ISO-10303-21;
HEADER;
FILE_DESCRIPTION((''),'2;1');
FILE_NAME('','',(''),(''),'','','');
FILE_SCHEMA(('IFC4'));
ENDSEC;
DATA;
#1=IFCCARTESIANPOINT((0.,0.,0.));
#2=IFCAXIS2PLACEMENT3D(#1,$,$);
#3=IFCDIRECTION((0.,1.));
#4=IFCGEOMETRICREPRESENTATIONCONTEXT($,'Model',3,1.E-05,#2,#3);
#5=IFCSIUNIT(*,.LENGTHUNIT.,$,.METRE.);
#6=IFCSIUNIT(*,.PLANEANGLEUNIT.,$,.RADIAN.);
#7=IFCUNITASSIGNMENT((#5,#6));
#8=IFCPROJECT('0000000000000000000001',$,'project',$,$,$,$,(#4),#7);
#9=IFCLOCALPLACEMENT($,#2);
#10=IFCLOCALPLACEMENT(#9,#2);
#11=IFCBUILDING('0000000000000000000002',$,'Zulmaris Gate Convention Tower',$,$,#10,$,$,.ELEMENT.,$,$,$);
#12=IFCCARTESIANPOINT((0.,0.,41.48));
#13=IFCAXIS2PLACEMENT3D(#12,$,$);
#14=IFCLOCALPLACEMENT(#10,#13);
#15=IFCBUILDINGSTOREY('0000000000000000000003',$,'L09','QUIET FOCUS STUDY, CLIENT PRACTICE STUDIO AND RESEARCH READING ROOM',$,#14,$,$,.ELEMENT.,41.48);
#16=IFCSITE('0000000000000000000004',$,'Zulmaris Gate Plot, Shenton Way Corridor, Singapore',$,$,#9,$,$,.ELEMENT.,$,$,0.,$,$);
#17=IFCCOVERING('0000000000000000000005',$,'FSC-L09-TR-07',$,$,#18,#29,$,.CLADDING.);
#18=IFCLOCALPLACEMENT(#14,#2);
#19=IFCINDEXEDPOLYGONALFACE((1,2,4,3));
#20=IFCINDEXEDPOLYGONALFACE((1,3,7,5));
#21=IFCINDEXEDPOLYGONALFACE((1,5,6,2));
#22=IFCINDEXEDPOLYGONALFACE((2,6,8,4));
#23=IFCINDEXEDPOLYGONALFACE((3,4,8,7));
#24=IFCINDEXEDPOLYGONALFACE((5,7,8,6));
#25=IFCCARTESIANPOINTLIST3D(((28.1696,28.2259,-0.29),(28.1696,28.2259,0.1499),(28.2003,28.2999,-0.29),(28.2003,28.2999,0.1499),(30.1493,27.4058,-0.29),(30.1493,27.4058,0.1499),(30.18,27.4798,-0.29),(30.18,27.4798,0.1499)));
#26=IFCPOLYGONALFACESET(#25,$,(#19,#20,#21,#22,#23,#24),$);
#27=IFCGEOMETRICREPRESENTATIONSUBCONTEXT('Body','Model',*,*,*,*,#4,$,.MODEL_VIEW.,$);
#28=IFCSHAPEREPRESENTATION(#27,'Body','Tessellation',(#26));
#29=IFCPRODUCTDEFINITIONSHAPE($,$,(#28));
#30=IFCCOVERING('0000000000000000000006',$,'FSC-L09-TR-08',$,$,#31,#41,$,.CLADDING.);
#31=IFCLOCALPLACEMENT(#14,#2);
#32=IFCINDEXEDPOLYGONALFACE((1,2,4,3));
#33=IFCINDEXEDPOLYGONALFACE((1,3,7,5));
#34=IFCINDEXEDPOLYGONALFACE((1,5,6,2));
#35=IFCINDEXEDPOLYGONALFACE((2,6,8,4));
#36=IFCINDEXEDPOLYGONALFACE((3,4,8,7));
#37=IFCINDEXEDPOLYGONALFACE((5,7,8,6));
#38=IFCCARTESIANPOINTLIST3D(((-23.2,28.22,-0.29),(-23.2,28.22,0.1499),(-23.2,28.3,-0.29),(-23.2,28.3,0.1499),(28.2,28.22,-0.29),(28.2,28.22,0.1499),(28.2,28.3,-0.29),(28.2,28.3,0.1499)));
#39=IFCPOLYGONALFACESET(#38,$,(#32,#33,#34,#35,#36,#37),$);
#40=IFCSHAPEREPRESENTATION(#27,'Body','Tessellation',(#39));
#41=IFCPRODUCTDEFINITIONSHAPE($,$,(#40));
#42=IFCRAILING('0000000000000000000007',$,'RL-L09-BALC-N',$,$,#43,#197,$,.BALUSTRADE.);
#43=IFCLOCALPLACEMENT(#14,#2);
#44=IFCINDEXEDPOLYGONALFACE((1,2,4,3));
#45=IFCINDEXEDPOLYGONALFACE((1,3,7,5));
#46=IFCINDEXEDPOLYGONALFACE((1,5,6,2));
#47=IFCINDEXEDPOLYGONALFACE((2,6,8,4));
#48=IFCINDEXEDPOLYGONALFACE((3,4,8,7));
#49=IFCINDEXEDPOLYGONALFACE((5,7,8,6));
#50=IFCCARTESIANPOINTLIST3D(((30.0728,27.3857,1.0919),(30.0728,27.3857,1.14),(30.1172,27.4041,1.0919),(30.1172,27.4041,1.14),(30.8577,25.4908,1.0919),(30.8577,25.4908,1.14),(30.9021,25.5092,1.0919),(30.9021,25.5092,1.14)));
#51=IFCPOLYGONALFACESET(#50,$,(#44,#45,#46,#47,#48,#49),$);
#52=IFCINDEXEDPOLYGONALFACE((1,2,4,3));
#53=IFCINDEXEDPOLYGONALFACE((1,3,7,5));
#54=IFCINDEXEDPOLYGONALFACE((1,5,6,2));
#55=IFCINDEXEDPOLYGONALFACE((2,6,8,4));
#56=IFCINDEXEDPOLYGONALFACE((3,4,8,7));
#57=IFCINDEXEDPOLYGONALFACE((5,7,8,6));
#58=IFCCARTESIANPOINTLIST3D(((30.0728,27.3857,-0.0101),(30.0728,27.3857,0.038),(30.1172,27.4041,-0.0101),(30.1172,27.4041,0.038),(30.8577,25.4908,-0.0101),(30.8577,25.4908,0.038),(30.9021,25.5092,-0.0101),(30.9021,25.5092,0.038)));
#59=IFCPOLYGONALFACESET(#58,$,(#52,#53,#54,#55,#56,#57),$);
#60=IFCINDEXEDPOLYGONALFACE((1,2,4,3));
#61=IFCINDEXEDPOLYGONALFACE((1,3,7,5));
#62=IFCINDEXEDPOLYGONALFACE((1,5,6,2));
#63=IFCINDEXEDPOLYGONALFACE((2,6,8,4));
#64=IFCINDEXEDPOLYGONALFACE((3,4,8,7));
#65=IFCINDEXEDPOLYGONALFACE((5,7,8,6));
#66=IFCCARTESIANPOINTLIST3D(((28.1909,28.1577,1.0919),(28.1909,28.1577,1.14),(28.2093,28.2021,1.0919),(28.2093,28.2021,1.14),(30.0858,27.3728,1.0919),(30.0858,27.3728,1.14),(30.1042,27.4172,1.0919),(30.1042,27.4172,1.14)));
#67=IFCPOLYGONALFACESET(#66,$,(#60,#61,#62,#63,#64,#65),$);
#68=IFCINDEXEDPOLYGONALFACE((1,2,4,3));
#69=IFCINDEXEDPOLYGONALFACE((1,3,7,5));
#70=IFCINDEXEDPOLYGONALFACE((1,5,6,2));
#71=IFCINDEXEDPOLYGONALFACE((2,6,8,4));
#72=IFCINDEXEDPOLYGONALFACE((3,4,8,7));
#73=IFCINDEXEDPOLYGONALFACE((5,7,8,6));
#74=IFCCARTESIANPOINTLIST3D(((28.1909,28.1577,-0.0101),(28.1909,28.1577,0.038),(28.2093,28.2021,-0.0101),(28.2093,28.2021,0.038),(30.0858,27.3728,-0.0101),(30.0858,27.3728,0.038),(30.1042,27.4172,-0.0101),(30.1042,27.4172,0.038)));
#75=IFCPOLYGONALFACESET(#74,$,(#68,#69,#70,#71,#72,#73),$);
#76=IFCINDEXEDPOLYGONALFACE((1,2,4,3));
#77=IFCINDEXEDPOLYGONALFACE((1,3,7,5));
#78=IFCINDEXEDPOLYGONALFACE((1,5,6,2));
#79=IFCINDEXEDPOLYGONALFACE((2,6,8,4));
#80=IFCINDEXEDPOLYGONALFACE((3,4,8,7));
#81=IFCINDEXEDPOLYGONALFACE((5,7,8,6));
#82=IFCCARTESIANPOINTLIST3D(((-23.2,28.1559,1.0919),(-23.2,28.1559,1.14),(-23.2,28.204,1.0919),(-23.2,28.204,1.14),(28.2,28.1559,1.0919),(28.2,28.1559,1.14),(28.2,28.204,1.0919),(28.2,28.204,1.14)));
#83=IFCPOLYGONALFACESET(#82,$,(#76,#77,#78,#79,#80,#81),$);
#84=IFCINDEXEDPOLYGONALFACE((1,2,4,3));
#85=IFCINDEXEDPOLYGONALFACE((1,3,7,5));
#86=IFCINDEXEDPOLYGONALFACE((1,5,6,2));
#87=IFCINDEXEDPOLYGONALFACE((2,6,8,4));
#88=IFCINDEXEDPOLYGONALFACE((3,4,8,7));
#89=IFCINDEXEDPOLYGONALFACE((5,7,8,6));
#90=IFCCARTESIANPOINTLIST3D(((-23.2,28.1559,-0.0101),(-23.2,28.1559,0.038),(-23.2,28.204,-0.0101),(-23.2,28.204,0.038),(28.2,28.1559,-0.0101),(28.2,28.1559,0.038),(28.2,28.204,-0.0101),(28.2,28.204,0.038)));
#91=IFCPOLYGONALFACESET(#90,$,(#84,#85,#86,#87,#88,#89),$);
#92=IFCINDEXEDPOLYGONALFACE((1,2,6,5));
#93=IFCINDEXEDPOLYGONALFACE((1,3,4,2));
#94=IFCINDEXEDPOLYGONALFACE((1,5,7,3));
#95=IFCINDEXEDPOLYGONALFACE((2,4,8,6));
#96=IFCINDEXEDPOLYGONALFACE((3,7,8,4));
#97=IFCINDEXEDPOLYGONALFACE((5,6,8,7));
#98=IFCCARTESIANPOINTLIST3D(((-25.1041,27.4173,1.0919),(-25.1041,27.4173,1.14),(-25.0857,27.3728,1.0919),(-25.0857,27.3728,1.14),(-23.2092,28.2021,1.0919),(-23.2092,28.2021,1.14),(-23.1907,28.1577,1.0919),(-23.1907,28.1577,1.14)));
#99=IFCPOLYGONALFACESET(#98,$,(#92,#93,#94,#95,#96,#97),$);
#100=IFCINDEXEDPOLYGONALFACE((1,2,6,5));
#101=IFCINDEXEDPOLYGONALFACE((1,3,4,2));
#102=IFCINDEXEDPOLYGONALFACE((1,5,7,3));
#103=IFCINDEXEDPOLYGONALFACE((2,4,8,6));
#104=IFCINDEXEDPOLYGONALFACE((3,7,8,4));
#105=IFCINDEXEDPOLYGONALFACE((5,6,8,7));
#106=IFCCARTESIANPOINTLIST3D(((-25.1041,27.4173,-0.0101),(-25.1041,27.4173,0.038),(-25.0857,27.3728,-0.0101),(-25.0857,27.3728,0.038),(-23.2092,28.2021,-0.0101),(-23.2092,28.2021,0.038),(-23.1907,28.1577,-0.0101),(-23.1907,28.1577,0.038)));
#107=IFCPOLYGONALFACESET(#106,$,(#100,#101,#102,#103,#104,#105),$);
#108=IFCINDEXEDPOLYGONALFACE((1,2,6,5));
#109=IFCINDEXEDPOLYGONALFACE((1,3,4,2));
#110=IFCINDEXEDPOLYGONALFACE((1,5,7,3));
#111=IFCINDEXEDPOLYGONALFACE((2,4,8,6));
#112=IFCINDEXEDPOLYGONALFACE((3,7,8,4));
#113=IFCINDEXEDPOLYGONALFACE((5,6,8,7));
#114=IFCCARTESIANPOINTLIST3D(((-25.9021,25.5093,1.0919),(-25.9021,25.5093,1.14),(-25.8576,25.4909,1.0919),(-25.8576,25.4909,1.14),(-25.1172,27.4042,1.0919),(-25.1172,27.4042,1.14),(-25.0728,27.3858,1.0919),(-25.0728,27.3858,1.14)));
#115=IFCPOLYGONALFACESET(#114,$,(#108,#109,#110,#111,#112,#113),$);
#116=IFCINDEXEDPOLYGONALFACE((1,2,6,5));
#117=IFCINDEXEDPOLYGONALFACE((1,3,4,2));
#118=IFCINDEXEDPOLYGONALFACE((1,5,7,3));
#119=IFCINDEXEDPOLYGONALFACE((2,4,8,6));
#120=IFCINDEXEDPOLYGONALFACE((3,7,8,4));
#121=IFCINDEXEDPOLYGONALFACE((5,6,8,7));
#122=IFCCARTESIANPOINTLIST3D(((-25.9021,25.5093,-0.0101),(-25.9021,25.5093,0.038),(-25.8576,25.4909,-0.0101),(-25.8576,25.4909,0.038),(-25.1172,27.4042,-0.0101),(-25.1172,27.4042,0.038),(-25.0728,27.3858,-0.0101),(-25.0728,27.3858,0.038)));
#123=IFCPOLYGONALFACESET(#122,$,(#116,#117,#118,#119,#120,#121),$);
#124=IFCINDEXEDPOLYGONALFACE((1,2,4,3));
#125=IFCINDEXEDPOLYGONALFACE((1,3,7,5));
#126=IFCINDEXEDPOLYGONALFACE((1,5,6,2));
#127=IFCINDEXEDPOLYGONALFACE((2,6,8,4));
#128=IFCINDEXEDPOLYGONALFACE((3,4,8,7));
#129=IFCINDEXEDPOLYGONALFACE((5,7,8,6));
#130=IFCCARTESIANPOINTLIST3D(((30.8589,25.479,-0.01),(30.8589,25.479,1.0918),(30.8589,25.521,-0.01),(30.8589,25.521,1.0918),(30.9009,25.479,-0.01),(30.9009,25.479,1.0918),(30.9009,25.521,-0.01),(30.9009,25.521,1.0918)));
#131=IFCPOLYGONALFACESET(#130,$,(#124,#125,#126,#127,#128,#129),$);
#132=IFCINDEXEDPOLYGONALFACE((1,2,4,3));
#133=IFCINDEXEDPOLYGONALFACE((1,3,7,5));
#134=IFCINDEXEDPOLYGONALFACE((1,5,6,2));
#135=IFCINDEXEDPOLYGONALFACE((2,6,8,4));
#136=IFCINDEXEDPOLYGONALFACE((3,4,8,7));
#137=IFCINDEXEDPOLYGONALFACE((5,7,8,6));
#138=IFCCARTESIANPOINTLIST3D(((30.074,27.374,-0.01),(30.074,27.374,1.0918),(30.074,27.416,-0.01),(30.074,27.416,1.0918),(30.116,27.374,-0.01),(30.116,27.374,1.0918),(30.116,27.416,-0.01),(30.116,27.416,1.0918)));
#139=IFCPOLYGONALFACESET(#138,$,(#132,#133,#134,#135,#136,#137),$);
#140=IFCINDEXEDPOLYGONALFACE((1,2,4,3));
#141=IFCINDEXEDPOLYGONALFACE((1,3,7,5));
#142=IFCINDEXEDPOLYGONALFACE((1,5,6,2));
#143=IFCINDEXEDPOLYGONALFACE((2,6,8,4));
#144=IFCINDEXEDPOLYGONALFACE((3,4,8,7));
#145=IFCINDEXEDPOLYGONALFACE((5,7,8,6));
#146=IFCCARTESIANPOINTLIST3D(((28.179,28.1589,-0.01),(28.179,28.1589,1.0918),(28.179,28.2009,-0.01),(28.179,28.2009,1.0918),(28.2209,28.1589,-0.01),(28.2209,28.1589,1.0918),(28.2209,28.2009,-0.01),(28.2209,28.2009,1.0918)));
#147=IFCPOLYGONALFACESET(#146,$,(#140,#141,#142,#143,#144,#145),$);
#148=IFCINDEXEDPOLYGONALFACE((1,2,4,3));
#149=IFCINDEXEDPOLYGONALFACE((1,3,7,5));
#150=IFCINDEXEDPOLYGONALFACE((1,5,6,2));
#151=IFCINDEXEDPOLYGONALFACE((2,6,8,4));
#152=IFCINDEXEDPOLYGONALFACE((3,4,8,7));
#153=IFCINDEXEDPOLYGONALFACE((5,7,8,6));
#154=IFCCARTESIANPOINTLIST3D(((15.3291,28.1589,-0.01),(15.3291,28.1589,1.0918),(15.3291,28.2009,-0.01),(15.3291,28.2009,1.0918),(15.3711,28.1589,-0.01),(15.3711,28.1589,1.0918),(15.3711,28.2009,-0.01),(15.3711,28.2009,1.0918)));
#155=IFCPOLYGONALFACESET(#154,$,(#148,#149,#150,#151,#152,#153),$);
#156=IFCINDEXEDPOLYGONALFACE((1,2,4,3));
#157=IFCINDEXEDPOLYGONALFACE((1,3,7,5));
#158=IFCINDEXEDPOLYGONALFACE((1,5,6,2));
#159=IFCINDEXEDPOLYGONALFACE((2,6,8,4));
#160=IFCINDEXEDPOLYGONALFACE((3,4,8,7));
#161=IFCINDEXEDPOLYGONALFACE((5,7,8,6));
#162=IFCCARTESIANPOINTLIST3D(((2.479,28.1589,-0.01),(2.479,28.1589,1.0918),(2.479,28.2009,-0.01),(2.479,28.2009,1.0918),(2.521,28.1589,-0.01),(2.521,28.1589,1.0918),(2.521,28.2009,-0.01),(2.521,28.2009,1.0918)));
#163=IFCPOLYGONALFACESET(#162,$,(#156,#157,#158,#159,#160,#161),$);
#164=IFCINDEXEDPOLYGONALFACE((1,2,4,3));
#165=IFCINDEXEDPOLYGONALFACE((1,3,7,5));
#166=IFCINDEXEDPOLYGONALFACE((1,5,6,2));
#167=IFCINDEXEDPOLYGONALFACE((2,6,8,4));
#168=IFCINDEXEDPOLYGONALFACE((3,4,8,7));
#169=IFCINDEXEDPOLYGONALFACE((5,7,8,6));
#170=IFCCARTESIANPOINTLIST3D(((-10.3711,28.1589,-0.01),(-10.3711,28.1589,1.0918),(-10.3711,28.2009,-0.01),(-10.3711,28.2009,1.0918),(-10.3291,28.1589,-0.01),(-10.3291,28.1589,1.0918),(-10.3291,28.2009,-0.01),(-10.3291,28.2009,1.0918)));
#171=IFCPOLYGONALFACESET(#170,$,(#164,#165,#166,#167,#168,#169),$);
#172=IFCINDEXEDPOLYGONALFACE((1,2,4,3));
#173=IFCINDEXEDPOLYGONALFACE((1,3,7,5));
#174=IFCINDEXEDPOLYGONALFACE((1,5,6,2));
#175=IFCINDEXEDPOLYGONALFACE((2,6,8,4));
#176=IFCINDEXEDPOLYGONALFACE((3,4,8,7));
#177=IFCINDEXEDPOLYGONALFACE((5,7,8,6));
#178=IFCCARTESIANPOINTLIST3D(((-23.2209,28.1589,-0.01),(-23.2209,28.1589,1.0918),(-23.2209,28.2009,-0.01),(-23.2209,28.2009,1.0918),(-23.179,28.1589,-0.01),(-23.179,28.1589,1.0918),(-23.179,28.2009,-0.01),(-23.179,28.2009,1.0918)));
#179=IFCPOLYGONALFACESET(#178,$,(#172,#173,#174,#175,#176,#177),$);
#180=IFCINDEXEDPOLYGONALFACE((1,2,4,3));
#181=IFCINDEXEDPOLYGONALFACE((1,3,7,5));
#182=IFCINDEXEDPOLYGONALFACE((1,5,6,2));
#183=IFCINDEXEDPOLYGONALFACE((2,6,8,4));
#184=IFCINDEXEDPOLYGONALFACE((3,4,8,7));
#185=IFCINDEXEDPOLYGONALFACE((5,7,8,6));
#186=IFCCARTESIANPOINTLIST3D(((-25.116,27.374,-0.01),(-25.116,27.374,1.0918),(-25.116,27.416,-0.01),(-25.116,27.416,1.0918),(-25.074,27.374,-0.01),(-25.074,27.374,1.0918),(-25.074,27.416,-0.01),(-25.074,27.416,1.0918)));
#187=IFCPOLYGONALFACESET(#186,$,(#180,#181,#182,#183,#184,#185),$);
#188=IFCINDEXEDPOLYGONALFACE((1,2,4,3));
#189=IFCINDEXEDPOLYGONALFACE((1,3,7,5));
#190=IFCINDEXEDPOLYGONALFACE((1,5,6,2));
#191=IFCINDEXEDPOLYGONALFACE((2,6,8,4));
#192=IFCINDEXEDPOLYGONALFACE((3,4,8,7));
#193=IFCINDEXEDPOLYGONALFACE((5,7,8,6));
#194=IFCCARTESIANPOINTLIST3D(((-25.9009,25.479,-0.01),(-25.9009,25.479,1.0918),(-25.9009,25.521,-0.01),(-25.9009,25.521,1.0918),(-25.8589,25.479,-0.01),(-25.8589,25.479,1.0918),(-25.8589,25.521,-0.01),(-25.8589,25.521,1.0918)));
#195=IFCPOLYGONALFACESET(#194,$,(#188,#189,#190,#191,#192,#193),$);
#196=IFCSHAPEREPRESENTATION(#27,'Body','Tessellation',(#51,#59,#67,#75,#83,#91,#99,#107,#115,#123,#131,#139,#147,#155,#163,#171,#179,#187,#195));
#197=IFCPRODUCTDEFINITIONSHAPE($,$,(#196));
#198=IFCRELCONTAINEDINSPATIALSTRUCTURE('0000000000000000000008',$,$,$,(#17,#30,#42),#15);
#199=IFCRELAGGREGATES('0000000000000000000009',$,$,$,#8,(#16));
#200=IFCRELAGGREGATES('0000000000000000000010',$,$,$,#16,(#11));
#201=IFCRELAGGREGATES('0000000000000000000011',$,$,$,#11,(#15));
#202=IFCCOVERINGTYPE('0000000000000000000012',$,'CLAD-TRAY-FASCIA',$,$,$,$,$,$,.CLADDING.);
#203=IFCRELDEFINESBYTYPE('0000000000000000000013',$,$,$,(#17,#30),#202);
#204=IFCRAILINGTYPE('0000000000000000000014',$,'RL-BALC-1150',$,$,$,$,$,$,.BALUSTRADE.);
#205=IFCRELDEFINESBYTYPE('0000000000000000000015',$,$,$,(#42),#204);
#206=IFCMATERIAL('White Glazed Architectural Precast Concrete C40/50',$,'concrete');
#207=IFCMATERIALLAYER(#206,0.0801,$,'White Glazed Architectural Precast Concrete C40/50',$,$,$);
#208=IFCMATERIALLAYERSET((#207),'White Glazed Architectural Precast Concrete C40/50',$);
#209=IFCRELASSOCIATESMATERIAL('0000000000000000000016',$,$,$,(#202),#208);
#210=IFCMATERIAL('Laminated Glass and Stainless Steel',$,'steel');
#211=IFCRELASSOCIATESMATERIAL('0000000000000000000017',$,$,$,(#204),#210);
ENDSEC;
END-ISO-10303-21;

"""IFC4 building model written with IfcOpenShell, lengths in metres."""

from ifc_helpers import new_model, si_unit, direction, frame, frame_2d, origin, origin_2d, place, context, subcontext, project, spatial, rectangle, extrude, material, layer, layer_set, type_object, element, save


model = new_model("IFC4")

# Units and contexts
model_context = context("Model", 3, precision=1e-05, world=origin(), true_north=direction((0.0, 1.0)))
body_context = subcontext(model_context, "Body", "Model", "MODEL_VIEW")
ifc_project = project(units=[si_unit("LENGTHUNIT", "METRE"), si_unit("PLANEANGLEUNIT", "RADIAN")], contexts=[model_context])

# Site, building, storey
site_placement = place(None, origin())
site = spatial("IfcSite", under=ifc_project, at=site_placement, Name="Zulmaris Gate Plot, Shenton Way Corridor, Singapore", CompositionType="ELEMENT", RefElevation=0.0)
building_placement = place(site_placement, origin())
building = spatial("IfcBuilding", under=site, at=building_placement, Name="Zulmaris Gate Convention Tower", CompositionType="ELEMENT")
storey_placement = place(building_placement, frame((0.0, 0.0, 41.48)))
storey = spatial("IfcBuildingStorey", under=building, at=storey_placement, Name="L09", Description="QUIET FOCUS STUDY, CLIENT PRACTICE STUDIO AND RESEARCH READING ROOM", CompositionType="ELEMENT", Elevation=41.48)

# Coverings
ifc_material_1 = material(Name="White Glazed Architectural Precast Concrete C40/50", Category="concrete")
ifc_layer_1 = layer(ifc_material_1, 0.0801, Name="White Glazed Architectural Precast Concrete C40/50")
ifc_layer_set_1 = layer_set([ifc_layer_1], Name="White Glazed Architectural Precast Concrete C40/50")
covering_type_1 = type_object("IfcCoveringType", Name="CLAD-TRAY-FASCIA", PredefinedType="CLADDING", material=ifc_layer_set_1)
covering_1_placement = place(storey_placement, frame((30.1646, 27.4429, -0.29), z_axis=(0.0, 0.0, 1.0), x_axis=(-0.923874, 0.382697, 0.0)))
element("IfcCovering", 1, at=covering_1_placement, inside=storey, type_object=covering_type_1, Name="FSC-L09-TR-07", PredefinedType="CLADDING", context=body_context, shape_type="SweptSolid", body=[
    extrude(rectangle(XDim=2.1428, YDim=0.0801, at=frame_2d((1.0713, 0.0))), origin(), (0.0, 0.0, 1.0), 0.4399),
])
covering_2_placement = place(storey_placement, frame((28.2, 28.26, -0.29), z_axis=(0.0, 0.0, 1.0), x_axis=(-1.0, 0.0, 0.0)))
element("IfcCovering", 2, at=covering_2_placement, inside=storey, type_object=covering_type_1, Name="FSC-L09-TR-08", PredefinedType="CLADDING", context=body_context, shape_type="SweptSolid", body=[
    extrude(rectangle(XDim=51.3999, YDim=0.0801, at=frame_2d((25.7, 0.0))), origin(), (0.0, 0.0, 1.0), 0.4399),
])

# Railing
ifc_material_2 = material(Name="Laminated Glass and Stainless Steel", Category="steel")
railing_type = type_object("IfcRailingType", Name="RL-BALC-1150", PredefinedType="BALUSTRADE", material=ifc_material_2)
railing_placement = place(storey_placement, frame((30.8799, 25.5, -0.01)))
element("IfcRailing", 3, at=railing_placement, inside=storey, type_object=railing_type, Name="RL-L09-BALC-N", PredefinedType="BALUSTRADE", context=body_context, shape_type="SweptSolid", body=[
    extrude(rectangle(XDim=0.0481, YDim=0.0481, at=origin_2d()), frame((0.0, 0.0, 1.126), z_axis=(-0.382671, 0.923885, 0.0), x_axis=(-0.923885, -0.382671, 0.0)), (0.0, 0.0, 1.0), 2.051),
    extrude(rectangle(XDim=0.0481, YDim=0.0481, at=origin_2d()), frame((0.0, 0.0, 0.0239), z_axis=(-0.382671, 0.923885, 0.0), x_axis=(-0.923885, -0.382671, 0.0)), (0.0, 0.0, 1.0), 2.051),
    extrude(rectangle(XDim=0.0481, YDim=0.0481, at=origin_2d()), frame((-0.7849, 1.895, 1.126), z_axis=(-0.923885, 0.382671, 0.0), x_axis=(-0.382671, -0.923885, 0.0)), (0.0, 0.0, 1.0), 2.051),
    extrude(rectangle(XDim=0.0481, YDim=0.0481, at=origin_2d()), frame((-0.7849, 1.895, 0.0239), z_axis=(-0.923885, 0.382671, 0.0), x_axis=(-0.382671, -0.923885, 0.0)), (0.0, 0.0, 1.0), 2.051),
    extrude(rectangle(XDim=0.0481, YDim=0.0481, at=origin_2d()), frame((-2.6799, 2.6799, 1.126), z_axis=(-1.0, 0.0, 0.0), x_axis=(0.0, -1.0, 0.0)), (0.0, 0.0, 1.0), 51.3999),
    extrude(rectangle(XDim=0.0481, YDim=0.0481, at=origin_2d()), frame((-2.6799, 2.6799, 0.0239), z_axis=(-1.0, 0.0, 0.0), x_axis=(0.0, -1.0, 0.0)), (0.0, 0.0, 1.0), 51.3999),
    extrude(rectangle(XDim=0.0481, YDim=0.0481, at=origin_2d()), frame((-54.0798, 2.6799, 1.126), z_axis=(-0.923885, -0.382671, 0.0), x_axis=(0.382671, -0.923885, 0.0)), (0.0, 0.0, 1.0), 2.051),
    extrude(rectangle(XDim=0.0481, YDim=0.0481, at=origin_2d()), frame((-54.0798, 2.6799, 0.0239), z_axis=(-0.923885, -0.382671, 0.0), x_axis=(0.382671, -0.923885, 0.0)), (0.0, 0.0, 1.0), 2.051),
    extrude(rectangle(XDim=0.0481, YDim=0.0481, at=origin_2d()), frame((-55.9749, 1.895, 1.126), z_axis=(-0.382671, -0.923885, 0.0), x_axis=(0.923885, -0.382671, 0.0)), (0.0, 0.0, 1.0), 2.051),
    extrude(rectangle(XDim=0.0481, YDim=0.0481, at=origin_2d()), frame((-55.9749, 1.895, 0.0239), z_axis=(-0.382671, -0.923885, 0.0), x_axis=(0.923885, -0.382671, 0.0)), (0.0, 0.0, 1.0), 2.051),
    extrude(rectangle(XDim=0.042, YDim=0.042, at=origin_2d()), origin(), (0.0, 0.0, 1.0), 1.1018),
    extrude(rectangle(XDim=0.042, YDim=0.042, at=origin_2d()), frame((-0.7849, 1.895, 0.0)), (0.0, 0.0, 1.0), 1.1018),
    extrude(rectangle(XDim=0.042, YDim=0.042, at=origin_2d()), frame((-2.6799, 2.6799, 0.0)), (0.0, 0.0, 1.0), 1.1018),
    extrude(rectangle(XDim=0.042, YDim=0.042, at=origin_2d()), frame((-15.5298, 2.6799, 0.0)), (0.0, 0.0, 1.0), 1.1018),
    extrude(rectangle(XDim=0.042, YDim=0.042, at=origin_2d()), frame((-28.3799, 2.6799, 0.0)), (0.0, 0.0, 1.0), 1.1018),
    extrude(rectangle(XDim=0.042, YDim=0.042, at=origin_2d()), frame((-41.23, 2.6799, 0.0)), (0.0, 0.0, 1.0), 1.1018),
    extrude(rectangle(XDim=0.042, YDim=0.042, at=origin_2d()), frame((-54.0798, 2.6799, 0.0)), (0.0, 0.0, 1.0), 1.1018),
    extrude(rectangle(XDim=0.042, YDim=0.042, at=origin_2d()), frame((-55.9749, 1.895, 0.0)), (0.0, 0.0, 1.0), 1.1018),
    extrude(rectangle(XDim=0.042, YDim=0.042, at=origin_2d()), frame((-56.7598, 0.0, 0.0)), (0.0, 0.0, 1.0), 1.1018),
])

save(model, "model.ifc")
